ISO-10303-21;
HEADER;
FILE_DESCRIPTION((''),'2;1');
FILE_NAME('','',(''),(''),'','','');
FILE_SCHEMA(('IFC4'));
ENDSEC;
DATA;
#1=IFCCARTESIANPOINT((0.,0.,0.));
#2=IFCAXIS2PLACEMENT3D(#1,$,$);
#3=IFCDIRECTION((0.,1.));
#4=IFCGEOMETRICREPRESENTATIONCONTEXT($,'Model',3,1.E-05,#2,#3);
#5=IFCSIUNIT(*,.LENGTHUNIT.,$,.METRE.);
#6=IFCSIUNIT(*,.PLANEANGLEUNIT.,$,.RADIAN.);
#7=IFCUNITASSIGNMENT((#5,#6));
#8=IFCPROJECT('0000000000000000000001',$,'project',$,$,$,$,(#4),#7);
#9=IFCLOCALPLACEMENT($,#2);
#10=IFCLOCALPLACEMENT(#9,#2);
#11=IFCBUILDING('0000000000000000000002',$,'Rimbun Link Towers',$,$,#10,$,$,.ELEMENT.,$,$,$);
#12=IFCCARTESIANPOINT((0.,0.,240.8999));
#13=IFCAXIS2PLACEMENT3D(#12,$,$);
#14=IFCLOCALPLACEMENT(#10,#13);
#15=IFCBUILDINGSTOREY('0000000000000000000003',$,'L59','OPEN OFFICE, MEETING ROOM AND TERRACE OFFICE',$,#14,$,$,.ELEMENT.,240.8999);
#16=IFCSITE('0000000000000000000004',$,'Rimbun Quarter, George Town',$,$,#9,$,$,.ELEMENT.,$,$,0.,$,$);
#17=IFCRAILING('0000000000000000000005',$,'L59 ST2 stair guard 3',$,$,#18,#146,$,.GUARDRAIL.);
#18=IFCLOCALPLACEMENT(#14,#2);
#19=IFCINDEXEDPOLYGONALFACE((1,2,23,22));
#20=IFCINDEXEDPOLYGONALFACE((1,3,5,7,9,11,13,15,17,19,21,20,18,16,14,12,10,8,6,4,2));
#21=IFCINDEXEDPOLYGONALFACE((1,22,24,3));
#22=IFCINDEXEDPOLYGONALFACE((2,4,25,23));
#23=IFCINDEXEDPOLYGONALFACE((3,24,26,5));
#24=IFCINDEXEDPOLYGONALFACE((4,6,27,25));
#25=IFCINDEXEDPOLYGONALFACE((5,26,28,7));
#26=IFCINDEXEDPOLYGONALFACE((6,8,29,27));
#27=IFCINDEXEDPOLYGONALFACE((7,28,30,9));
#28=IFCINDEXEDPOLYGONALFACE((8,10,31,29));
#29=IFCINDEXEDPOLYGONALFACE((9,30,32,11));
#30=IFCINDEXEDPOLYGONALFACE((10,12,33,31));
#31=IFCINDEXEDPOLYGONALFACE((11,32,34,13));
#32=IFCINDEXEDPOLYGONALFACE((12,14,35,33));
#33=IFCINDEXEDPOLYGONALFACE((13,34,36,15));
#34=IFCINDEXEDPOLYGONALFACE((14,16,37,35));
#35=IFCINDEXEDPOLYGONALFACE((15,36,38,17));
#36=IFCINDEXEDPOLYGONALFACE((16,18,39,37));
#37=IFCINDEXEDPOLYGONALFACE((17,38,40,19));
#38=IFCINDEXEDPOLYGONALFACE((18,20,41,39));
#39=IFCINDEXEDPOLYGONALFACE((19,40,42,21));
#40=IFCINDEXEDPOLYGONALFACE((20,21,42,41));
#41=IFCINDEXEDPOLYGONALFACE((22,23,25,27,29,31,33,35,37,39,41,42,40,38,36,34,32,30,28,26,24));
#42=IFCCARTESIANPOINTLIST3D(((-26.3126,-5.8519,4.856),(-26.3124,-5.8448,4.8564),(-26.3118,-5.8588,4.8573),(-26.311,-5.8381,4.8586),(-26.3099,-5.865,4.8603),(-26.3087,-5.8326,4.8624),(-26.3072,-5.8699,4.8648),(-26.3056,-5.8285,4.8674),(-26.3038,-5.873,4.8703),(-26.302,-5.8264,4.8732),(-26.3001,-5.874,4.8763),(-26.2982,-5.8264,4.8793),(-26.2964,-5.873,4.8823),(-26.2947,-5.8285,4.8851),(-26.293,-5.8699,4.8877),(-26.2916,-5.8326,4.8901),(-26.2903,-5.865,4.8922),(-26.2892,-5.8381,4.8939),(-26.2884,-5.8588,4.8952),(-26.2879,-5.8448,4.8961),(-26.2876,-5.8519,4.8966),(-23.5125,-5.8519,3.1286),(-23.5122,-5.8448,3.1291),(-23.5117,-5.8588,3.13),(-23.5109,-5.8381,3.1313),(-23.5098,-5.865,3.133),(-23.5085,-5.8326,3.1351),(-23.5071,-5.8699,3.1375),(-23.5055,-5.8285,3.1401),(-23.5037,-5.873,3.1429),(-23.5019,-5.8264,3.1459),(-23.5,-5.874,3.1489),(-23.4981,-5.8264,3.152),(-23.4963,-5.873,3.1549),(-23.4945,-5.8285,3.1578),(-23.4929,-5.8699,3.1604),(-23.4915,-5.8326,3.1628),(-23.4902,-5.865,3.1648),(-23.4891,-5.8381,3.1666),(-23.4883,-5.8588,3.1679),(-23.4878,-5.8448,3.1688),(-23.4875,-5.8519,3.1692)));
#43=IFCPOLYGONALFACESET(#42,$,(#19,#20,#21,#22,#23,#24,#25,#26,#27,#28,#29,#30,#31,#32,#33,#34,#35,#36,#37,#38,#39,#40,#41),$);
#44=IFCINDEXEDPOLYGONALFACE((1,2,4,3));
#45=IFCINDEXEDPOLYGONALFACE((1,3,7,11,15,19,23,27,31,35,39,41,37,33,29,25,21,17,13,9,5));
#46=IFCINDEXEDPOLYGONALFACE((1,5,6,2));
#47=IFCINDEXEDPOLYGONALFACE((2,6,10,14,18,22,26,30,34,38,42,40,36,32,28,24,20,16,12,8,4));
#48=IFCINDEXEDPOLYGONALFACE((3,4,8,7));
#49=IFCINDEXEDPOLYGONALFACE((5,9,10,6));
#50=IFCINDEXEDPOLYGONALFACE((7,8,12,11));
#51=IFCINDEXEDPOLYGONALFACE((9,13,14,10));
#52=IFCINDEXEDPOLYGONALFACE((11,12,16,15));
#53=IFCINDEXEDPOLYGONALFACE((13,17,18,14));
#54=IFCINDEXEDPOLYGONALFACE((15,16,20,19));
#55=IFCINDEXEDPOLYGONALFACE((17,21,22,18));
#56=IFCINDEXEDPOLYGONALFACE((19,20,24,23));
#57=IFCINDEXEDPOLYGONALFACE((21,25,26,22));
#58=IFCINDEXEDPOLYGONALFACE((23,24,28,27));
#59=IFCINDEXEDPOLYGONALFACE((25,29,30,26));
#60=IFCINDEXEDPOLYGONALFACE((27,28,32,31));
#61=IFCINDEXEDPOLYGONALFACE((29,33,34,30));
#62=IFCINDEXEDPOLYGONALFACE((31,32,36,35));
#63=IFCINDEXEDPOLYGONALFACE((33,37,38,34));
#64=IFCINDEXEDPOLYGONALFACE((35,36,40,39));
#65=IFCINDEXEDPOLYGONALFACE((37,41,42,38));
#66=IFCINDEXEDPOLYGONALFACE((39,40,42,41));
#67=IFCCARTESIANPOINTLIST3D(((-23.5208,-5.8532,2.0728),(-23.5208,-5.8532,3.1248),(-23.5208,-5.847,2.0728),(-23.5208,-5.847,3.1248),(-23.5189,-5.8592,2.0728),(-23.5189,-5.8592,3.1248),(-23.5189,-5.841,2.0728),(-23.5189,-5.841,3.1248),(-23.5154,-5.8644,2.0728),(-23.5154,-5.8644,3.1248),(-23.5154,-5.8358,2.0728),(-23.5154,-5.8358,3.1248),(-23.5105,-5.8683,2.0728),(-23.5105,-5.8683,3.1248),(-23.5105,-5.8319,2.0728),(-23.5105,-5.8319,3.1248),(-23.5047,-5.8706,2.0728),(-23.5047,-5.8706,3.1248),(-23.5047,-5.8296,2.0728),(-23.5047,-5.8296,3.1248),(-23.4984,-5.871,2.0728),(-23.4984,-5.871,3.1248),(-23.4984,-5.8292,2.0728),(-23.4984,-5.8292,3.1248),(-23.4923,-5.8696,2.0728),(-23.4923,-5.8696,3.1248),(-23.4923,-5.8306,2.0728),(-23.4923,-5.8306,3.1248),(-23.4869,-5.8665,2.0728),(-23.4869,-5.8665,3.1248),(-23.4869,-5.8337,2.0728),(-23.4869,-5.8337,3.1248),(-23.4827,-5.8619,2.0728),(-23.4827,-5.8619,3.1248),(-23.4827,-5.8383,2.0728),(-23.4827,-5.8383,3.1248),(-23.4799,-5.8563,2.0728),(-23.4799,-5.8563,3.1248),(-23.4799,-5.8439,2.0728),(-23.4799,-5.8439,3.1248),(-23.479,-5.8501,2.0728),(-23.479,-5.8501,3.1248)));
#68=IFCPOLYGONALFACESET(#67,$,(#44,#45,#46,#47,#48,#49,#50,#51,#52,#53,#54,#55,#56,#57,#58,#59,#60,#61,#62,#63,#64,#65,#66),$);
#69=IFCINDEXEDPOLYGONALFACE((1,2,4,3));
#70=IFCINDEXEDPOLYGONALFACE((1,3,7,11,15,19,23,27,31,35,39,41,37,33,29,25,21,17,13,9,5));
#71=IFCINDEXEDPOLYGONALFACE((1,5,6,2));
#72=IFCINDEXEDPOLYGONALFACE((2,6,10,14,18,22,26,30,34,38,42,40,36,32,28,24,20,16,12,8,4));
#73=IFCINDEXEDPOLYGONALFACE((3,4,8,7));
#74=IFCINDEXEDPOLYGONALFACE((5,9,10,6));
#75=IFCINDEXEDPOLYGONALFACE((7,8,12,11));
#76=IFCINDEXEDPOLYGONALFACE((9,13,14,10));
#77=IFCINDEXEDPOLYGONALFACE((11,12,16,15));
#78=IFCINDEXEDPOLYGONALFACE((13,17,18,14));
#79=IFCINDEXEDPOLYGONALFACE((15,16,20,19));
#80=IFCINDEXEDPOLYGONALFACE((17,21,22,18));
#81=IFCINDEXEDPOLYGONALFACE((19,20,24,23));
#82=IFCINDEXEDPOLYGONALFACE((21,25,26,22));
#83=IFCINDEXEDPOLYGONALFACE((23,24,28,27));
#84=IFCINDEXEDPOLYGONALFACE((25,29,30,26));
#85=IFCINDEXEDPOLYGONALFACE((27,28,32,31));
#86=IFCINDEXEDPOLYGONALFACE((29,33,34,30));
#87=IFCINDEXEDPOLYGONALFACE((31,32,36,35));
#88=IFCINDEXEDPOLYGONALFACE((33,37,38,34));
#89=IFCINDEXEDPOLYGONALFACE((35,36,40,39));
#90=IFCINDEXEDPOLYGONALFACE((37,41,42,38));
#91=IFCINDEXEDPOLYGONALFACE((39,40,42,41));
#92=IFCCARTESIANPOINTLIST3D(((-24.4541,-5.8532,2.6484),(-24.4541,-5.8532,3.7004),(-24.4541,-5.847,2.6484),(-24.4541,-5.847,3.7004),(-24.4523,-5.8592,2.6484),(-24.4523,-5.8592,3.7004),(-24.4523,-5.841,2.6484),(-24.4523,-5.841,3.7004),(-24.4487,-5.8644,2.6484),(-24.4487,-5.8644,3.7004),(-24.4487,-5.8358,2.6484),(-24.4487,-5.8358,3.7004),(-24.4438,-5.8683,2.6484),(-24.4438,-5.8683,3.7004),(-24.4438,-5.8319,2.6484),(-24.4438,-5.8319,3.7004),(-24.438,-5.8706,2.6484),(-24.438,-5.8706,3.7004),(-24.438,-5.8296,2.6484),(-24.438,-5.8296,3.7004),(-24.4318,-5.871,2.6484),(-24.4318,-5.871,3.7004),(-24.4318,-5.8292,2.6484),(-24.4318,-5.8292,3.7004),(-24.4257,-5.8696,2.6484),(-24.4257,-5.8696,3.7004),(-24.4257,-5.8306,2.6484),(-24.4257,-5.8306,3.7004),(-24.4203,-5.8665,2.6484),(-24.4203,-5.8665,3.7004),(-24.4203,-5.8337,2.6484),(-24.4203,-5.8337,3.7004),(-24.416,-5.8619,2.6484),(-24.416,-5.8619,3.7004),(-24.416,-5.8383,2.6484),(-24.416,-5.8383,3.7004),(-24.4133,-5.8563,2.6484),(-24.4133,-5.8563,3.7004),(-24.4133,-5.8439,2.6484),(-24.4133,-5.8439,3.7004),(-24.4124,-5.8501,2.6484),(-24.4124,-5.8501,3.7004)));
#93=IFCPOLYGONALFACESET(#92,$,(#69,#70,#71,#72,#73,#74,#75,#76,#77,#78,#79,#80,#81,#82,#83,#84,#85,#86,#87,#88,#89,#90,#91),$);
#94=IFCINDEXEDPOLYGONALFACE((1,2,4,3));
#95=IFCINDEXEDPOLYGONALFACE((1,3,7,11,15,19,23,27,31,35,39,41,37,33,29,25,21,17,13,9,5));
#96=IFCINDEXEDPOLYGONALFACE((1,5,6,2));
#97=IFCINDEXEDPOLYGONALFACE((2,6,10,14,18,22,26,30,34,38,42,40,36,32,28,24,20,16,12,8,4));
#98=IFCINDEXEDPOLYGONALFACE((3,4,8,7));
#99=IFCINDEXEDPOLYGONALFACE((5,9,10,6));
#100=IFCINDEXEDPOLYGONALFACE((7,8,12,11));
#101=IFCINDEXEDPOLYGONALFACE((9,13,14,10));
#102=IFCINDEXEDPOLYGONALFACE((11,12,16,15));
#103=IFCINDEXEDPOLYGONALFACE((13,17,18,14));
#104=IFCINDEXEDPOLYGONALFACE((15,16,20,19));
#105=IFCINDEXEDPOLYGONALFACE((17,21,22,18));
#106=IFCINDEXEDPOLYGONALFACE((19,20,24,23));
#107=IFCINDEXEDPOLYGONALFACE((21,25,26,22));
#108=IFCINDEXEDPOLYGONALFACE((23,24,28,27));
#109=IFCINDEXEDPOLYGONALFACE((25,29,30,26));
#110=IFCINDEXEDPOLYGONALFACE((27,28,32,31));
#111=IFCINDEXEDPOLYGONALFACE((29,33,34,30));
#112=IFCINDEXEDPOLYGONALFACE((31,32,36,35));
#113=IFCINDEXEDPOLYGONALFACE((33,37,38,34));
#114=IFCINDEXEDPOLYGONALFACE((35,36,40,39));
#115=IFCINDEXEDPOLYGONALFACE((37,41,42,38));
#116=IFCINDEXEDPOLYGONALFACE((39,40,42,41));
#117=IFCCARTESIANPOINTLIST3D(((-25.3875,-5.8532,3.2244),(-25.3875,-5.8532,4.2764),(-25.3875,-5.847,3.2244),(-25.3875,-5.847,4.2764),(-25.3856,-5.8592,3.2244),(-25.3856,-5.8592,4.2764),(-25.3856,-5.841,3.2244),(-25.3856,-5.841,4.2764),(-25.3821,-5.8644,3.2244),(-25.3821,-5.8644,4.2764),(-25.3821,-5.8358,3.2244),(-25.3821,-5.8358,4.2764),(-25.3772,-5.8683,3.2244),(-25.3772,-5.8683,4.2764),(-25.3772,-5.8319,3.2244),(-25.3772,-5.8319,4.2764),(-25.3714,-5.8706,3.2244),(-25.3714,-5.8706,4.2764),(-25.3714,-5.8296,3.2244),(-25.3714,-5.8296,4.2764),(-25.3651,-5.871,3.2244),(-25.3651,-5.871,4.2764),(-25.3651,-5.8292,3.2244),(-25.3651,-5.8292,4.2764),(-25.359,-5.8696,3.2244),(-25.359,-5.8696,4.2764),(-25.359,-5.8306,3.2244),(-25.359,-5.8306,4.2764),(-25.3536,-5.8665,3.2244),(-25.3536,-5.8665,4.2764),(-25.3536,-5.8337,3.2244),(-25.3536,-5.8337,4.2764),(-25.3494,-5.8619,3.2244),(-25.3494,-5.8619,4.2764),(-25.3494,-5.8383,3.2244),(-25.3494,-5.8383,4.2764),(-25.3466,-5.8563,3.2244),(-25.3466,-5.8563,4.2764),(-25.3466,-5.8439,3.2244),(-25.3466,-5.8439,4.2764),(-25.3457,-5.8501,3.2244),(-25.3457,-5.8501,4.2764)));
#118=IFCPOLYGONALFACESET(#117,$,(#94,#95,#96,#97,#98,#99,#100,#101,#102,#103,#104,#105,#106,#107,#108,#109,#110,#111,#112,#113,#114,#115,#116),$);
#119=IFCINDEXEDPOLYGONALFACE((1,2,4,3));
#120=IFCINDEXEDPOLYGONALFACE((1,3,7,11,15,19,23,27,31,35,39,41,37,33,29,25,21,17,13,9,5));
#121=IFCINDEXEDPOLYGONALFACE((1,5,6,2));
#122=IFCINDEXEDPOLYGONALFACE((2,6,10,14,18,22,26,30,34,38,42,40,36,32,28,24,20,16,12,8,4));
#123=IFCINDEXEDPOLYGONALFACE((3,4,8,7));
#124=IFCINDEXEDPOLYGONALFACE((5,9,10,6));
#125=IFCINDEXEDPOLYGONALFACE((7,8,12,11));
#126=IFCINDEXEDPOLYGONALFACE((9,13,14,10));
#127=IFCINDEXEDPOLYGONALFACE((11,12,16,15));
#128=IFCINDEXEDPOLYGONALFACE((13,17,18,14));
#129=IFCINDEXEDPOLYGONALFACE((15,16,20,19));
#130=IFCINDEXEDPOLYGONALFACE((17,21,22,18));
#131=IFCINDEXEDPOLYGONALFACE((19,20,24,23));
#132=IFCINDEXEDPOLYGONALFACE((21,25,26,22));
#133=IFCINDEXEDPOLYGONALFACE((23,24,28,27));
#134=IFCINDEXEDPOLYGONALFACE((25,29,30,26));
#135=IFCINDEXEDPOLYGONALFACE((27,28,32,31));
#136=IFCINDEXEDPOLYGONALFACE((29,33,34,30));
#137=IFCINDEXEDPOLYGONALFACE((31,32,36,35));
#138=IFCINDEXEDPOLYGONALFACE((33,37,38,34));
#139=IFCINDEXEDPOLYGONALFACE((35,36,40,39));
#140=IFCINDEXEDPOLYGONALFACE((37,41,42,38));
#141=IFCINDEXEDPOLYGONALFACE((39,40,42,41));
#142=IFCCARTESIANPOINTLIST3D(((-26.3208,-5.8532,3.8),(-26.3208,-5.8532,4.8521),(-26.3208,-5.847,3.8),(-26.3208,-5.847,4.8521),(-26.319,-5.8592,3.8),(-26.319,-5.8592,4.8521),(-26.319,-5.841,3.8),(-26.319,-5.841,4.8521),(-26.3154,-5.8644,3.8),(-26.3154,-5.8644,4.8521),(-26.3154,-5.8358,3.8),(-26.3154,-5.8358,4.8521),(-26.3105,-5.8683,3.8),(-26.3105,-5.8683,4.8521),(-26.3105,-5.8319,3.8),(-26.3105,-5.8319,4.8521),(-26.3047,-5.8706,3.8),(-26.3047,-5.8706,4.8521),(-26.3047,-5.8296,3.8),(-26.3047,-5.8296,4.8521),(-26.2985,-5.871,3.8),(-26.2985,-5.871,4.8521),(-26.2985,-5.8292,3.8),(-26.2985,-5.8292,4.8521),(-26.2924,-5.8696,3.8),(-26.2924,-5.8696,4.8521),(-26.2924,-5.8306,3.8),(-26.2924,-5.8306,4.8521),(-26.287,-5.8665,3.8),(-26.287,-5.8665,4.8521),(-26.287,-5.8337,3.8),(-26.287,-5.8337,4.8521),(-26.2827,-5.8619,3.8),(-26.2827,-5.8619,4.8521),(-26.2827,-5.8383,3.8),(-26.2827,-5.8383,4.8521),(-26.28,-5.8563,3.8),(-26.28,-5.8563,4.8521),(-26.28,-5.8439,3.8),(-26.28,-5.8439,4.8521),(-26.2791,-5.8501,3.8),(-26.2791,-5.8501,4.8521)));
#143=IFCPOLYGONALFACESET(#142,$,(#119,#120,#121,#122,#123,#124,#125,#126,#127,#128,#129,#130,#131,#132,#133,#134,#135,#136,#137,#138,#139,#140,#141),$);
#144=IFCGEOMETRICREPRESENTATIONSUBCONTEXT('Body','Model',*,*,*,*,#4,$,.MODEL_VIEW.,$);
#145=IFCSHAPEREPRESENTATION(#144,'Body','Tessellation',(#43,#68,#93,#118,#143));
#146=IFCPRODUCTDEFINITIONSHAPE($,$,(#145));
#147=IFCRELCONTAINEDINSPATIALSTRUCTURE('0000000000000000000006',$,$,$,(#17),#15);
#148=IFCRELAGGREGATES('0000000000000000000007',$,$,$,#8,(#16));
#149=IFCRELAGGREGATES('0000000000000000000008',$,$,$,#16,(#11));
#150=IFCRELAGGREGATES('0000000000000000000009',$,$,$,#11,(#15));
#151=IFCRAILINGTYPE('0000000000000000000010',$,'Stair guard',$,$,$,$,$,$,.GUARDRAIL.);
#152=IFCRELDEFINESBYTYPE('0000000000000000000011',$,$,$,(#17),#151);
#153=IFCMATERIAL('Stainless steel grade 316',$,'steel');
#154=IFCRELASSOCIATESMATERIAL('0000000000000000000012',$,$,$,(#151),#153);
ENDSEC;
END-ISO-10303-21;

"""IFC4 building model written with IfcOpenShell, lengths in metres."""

from ifc_helpers import new_model, si_unit, direction, frame, origin, origin_2d, place, context, subcontext, project, spatial, circle, extrude, material, type_object, element, save


model = new_model("IFC4")

# Units and contexts
model_context = context("Model", 3, precision=1e-05, world=origin(), true_north=direction((0.0, 1.0)))
body_context = subcontext(model_context, "Body", "Model", "MODEL_VIEW")
ifc_project = project(units=[si_unit("LENGTHUNIT", "METRE"), si_unit("PLANEANGLEUNIT", "RADIAN")], contexts=[model_context])

# Site, building, storey
site_placement = place(None, origin())
site = spatial("IfcSite", under=ifc_project, at=site_placement, Name="Rimbun Quarter, George Town", CompositionType="ELEMENT", RefElevation=0.0)
building_placement = place(site_placement, origin())
building = spatial("IfcBuilding", under=site, at=building_placement, Name="Rimbun Link Towers", CompositionType="ELEMENT")
storey_placement = place(building_placement, frame((0.0, 0.0, 240.8999)))
storey = spatial("IfcBuildingStorey", under=building, at=storey_placement, Name="L59", Description="OPEN OFFICE, MEETING ROOM AND TERRACE OFFICE", CompositionType="ELEMENT", Elevation=240.8999)

# Railing
ifc_material_1 = material(Name="Stainless steel grade 316", Category="steel")
railing_type_1 = type_object("IfcRailingType", Name="Stair guard", PredefinedType="GUARDRAIL", material=ifc_material_1)
railing_1_placement = place(storey_placement, frame((-23.5, -5.8501, 2.0728)))
element("IfcRailing", 1, at=railing_1_placement, inside=storey, type_object=railing_type_1, Name="L59 ST2 stair guard 3", PredefinedType="GUARDRAIL", context=body_context, shape_type="SweptSolid", body=[
    extrude(circle(Radius=0.0239, at=origin_2d()), frame((0.0, 0.0, 1.0762), z_axis=(-0.85109, 0.0, 0.52502), x_axis=(0.0, -1.0, 0.0)), (0.0, 0.0, 1.0), 3.29),
    extrude(circle(Radius=0.021, at=origin_2d()), origin(), (0.0, 0.0, 1.0), 1.052),
    extrude(circle(Radius=0.021, at=origin_2d()), frame((-0.9333, 0.0, 0.5757)), (0.0, 0.0, 1.0), 1.052),
    extrude(circle(Radius=0.021, at=origin_2d()), frame((-1.8667, 0.0, 1.1516)), (0.0, 0.0, 1.0), 1.052),
    extrude(circle(Radius=0.021, at=origin_2d()), frame((-2.8, 0.0, 1.7273)), (0.0, 0.0, 1.0), 1.052),
])

save(model, "model.ifc")
